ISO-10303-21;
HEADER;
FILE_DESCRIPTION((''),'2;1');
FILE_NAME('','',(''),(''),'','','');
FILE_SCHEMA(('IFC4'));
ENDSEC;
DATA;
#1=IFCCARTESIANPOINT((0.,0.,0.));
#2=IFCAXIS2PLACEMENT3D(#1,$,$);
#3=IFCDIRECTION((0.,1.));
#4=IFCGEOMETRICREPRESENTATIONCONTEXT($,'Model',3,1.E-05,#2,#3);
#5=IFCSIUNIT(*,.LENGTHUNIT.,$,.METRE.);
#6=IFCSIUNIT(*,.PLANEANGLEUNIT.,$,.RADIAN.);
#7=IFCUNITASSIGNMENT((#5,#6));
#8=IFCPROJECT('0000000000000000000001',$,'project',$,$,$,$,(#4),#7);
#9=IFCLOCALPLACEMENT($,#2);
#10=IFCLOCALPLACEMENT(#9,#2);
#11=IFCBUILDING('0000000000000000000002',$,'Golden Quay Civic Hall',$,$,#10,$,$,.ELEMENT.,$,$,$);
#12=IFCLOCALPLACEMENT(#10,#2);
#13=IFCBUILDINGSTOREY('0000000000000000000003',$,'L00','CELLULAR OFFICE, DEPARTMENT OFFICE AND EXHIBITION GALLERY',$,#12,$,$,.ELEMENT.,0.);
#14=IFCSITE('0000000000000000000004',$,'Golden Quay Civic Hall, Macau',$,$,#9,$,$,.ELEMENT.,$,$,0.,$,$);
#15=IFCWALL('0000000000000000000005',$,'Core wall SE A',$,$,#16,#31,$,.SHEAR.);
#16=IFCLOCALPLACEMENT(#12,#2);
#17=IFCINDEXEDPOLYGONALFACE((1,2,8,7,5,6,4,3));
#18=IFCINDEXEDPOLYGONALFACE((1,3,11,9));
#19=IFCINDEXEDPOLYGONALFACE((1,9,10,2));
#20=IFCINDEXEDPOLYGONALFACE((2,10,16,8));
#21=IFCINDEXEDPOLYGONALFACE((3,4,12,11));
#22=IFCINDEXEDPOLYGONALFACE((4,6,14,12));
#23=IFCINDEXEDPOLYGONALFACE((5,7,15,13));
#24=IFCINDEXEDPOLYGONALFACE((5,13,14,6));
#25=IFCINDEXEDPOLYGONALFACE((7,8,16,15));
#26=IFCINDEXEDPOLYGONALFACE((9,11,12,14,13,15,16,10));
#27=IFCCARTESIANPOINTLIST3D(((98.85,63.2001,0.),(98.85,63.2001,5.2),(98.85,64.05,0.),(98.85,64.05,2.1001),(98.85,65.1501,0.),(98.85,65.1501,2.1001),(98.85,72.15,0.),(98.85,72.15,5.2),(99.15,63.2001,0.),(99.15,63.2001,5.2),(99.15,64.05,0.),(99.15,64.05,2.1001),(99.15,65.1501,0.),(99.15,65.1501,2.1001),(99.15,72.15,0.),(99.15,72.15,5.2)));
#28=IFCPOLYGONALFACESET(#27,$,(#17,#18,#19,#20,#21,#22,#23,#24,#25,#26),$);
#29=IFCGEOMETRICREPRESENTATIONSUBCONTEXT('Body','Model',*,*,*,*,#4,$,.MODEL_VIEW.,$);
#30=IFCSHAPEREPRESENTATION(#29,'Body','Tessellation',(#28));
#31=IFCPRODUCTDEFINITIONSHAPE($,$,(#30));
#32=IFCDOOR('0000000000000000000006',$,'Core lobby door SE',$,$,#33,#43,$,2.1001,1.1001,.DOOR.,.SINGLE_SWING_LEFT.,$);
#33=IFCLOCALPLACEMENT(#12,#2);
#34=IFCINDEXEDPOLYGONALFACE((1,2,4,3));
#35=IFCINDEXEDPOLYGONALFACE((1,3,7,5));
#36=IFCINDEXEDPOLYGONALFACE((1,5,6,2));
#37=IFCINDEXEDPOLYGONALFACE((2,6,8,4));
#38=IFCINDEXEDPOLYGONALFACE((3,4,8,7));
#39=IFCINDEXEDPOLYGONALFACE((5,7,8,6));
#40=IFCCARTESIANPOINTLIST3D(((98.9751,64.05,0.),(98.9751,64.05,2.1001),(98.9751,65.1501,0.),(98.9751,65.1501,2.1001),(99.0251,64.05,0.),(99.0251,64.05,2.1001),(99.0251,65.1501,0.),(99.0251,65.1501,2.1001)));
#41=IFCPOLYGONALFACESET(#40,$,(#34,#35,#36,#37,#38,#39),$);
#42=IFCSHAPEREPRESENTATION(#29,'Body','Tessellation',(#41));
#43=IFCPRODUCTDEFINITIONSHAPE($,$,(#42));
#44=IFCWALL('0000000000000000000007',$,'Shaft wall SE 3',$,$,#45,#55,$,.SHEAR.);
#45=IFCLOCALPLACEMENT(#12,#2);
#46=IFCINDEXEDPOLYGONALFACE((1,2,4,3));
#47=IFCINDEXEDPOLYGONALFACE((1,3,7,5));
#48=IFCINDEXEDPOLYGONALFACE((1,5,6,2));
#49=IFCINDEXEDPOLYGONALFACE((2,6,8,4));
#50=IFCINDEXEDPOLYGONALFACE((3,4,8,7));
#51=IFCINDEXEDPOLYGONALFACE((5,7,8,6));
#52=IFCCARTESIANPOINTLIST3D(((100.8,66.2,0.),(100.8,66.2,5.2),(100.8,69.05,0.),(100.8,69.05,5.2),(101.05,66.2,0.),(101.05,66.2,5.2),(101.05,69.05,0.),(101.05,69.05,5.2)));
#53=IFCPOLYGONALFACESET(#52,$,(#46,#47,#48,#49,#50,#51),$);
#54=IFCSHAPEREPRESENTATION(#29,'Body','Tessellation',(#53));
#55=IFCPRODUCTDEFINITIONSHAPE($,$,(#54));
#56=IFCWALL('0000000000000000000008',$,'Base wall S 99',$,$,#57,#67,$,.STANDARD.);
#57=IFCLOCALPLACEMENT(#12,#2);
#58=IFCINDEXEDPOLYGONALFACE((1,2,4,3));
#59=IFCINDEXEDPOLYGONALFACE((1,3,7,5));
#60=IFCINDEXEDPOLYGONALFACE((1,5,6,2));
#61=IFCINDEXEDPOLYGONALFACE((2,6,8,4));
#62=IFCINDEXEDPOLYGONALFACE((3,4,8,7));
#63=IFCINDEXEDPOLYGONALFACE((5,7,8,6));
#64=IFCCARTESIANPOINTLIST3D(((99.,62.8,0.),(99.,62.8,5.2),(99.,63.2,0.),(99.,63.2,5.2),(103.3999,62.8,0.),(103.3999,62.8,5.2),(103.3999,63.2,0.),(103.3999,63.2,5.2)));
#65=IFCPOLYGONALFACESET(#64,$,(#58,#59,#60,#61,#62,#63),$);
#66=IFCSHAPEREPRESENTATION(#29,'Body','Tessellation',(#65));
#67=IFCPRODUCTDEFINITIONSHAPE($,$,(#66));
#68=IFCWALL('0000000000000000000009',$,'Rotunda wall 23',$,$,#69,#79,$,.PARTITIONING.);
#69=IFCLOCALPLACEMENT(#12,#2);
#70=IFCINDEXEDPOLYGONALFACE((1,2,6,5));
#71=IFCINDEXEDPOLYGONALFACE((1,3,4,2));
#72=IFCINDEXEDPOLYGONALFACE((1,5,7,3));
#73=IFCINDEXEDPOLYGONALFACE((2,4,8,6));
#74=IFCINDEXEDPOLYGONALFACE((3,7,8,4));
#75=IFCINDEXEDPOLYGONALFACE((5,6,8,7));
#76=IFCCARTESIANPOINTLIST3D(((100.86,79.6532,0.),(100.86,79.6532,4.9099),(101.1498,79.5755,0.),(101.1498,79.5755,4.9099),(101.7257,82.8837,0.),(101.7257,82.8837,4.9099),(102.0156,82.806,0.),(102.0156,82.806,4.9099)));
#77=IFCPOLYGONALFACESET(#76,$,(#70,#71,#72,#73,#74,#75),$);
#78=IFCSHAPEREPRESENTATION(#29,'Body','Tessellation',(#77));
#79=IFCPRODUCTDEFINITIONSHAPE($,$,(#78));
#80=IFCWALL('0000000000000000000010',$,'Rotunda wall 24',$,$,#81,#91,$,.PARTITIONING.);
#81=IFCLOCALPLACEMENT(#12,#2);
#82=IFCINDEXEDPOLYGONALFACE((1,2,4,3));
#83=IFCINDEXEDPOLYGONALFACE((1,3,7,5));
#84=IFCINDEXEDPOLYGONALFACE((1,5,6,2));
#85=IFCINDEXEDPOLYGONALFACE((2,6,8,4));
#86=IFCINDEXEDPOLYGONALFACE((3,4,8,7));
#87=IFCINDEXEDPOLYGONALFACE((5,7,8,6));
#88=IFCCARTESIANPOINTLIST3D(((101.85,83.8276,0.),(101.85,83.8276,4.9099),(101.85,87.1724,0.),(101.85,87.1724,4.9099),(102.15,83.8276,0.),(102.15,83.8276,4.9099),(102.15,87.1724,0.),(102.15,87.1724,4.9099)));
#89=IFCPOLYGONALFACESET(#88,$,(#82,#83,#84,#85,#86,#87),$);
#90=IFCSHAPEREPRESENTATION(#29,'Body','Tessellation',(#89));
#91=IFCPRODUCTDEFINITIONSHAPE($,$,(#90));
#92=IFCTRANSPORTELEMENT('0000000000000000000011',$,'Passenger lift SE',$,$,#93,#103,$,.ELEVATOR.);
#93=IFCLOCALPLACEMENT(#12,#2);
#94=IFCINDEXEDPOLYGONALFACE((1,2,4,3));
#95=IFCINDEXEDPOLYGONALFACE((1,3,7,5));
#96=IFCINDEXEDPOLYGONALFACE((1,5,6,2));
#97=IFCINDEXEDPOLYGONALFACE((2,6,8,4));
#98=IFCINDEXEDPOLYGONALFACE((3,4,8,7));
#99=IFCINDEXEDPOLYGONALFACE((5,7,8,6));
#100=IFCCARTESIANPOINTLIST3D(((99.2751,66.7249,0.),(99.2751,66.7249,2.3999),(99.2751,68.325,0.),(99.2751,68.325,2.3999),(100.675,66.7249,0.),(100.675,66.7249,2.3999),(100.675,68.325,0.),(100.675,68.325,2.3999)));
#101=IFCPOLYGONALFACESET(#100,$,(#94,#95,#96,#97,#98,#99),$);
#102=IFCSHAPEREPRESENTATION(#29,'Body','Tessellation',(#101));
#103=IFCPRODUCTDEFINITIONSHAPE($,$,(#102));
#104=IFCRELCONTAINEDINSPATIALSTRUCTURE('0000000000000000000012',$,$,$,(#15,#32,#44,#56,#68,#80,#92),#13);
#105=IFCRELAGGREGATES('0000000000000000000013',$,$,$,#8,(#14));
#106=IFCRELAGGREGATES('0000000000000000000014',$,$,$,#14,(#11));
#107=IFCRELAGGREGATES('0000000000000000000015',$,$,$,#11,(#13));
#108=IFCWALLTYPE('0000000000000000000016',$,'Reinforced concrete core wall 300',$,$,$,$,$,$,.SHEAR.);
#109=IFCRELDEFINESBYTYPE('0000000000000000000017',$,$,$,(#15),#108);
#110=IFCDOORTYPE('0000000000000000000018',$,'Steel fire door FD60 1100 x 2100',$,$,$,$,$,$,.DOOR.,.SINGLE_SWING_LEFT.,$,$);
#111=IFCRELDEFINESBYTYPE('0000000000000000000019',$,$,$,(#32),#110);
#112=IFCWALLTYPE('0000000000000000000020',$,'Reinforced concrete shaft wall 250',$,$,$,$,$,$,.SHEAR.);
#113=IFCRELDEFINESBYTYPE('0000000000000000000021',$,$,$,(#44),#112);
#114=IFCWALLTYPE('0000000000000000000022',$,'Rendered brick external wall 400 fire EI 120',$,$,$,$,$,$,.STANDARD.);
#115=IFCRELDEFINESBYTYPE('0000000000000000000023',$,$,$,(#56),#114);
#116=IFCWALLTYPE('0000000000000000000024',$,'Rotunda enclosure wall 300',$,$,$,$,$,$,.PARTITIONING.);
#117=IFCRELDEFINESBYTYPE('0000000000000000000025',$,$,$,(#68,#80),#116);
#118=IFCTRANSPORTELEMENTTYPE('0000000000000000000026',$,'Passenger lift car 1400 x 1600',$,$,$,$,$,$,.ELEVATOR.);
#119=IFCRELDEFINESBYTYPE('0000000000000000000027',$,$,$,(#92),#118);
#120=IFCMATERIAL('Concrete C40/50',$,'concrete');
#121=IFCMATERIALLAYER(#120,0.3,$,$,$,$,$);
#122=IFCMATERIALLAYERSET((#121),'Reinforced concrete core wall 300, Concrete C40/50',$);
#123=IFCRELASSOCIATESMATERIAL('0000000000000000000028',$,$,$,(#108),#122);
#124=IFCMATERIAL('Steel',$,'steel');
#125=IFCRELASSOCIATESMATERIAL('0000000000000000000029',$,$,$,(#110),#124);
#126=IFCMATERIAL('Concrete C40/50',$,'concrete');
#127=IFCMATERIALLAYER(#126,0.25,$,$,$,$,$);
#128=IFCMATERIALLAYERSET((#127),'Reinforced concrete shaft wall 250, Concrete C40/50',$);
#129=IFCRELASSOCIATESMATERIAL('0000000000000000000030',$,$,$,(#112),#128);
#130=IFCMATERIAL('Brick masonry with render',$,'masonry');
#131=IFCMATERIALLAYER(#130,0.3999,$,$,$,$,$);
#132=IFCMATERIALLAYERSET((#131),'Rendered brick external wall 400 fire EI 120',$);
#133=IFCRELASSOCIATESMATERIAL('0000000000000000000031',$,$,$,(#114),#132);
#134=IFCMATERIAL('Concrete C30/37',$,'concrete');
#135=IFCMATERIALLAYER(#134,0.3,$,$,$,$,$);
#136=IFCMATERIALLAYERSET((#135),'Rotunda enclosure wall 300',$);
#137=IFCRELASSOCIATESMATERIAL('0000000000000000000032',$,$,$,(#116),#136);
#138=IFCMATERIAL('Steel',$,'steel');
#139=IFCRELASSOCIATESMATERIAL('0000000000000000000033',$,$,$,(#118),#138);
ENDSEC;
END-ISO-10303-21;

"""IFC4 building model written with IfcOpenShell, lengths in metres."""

from ifc_helpers import new_model, si_unit, direction, frame, frame_2d, origin, origin_2d, place, context, subcontext, project, spatial, rectangle, extrude, material, layer, layer_set, type_object, element, fill, save


model = new_model("IFC4")

# Units and contexts
model_context = context("Model", 3, precision=1e-05, world=origin(), true_north=direction((0.0, 1.0)))
body_context = subcontext(model_context, "Body", "Model", "MODEL_VIEW")
ifc_project = project(units=[si_unit("LENGTHUNIT", "METRE"), si_unit("PLANEANGLEUNIT", "RADIAN")], contexts=[model_context])

# Site, building, storey
site_placement = place(None, origin())
site = spatial("IfcSite", under=ifc_project, at=site_placement, Name="Golden Quay Civic Hall, Macau", CompositionType="ELEMENT", RefElevation=0.0)
building_placement = place(site_placement, origin())
building = spatial("IfcBuilding", under=site, at=building_placement, Name="Golden Quay Civic Hall", CompositionType="ELEMENT")
storey_placement = place(building_placement, origin())
storey = spatial("IfcBuildingStorey", under=building, at=storey_placement, Name="L00", Description="CELLULAR OFFICE, DEPARTMENT OFFICE AND EXHIBITION GALLERY", CompositionType="ELEMENT", Elevation=0.0)

# Wall, opening, door
ifc_material_1 = material(Name="Concrete C40/50", Category="concrete")
ifc_layer_1 = layer(ifc_material_1, 0.3)
ifc_layer_set_1 = layer_set([ifc_layer_1], Name="Reinforced concrete core wall 300, Concrete C40/50")
wall_type_1 = type_object("IfcWallType", Name="Reinforced concrete core wall 300", PredefinedType="SHEAR", material=ifc_layer_set_1)
wall_1_placement = place(storey_placement, frame((99.0, 63.2, 0.0), z_axis=(0.0, 0.0, 1.0), x_axis=(0.0, 1.0, 0.0)))
wall_1 = element("IfcWall", 1, at=wall_1_placement, inside=storey, type_object=wall_type_1, Name="Core wall SE A", PredefinedType="SHEAR", context=body_context, shape_type="SweptSolid", body=[
    extrude(rectangle(XDim=8.95, YDim=0.3, at=frame_2d((4.4751, 0.0))), origin(), (0.0, 0.0, 1.0), 5.2),
])
opening_1_placement = place(wall_1_placement, frame((0.8501, 0.0, 0.0)))
opening_1 = element("IfcOpeningElement", 2, at=opening_1_placement, cuts=wall_1, PredefinedType="OPENING", context=body_context, shape_type="SweptSolid", body=[
    extrude(rectangle(XDim=1.1001, YDim=2.1001, at=frame_2d((0.55, 1.05))), frame((0.0, 0.1599, 0.0), z_axis=(0.0, -1.0, 0.0), x_axis=(1.0, 0.0, 0.0)), (0.0, 0.0, 1.0), 0.3201),
])
ifc_material_2 = material(Name="Steel", Category="steel")
door_type_1 = type_object("IfcDoorType", Name="Steel fire door FD60 1100 x 2100", OperationType="SINGLE_SWING_LEFT", PredefinedType="DOOR", material=ifc_material_2)
door_1_placement = place(opening_1_placement, origin())
door_1 = element("IfcDoor", 3, at=door_1_placement, inside=storey, type_object=door_type_1, Name="Core lobby door SE", OperationType="SINGLE_SWING_LEFT", OverallHeight=2.1001, OverallWidth=1.1001, PredefinedType="DOOR", context=body_context, shape_type="SweptSolid", body=[
    extrude(rectangle(XDim=1.1001, YDim=2.1001, at=frame_2d((0.55, 1.05))), frame((0.0, 0.0249, 0.0), z_axis=(0.0, -1.0, 0.0), x_axis=(1.0, 0.0, 0.0)), (0.0, 0.0, 1.0), 0.05),
])
fill(opening_1, door_1)

# Walls
ifc_material_3 = material(Name="Concrete C40/50", Category="concrete")
ifc_layer_2 = layer(ifc_material_3, 0.25)
ifc_layer_set_2 = layer_set([ifc_layer_2], Name="Reinforced concrete shaft wall 250, Concrete C40/50")
wall_type_2 = type_object("IfcWallType", Name="Reinforced concrete shaft wall 250", PredefinedType="SHEAR", material=ifc_layer_set_2)
wall_2_placement = place(storey_placement, frame((100.925, 66.2, 0.0), z_axis=(0.0, 0.0, 1.0), x_axis=(0.0, 1.0, 0.0)))
element("IfcWall", 4, at=wall_2_placement, inside=storey, type_object=wall_type_2, Name="Shaft wall SE 3", PredefinedType="SHEAR", context=body_context, shape_type="SweptSolid", body=[
    extrude(rectangle(XDim=2.8501, YDim=0.25, at=frame_2d((1.425, 0.0))), origin(), (0.0, 0.0, 1.0), 5.2),
])
ifc_material_4 = material(Name="Brick masonry with render", Category="masonry")
ifc_layer_3 = layer(ifc_material_4, 0.3999)
ifc_layer_set_3 = layer_set([ifc_layer_3], Name="Rendered brick external wall 400 fire EI 120")
wall_type_3 = type_object("IfcWallType", Name="Rendered brick external wall 400 fire EI 120", PredefinedType="STANDARD", material=ifc_layer_set_3)
wall_3_placement = place(storey_placement, frame((99.0, 63.0, 0.0), z_axis=(0.0, 0.0, 1.0), x_axis=(1.0, 0.0, 0.0)))
element("IfcWall", 5, at=wall_3_placement, inside=storey, type_object=wall_type_3, Name="Base wall S 99", PredefinedType="STANDARD", context=body_context, shape_type="SweptSolid", body=[
    extrude(rectangle(XDim=4.3999, YDim=0.3999, at=frame_2d((2.2, 0.0))), origin(), (0.0, 0.0, 1.0), 5.2),
])
ifc_material_5 = material(Name="Concrete C30/37", Category="concrete")
ifc_layer_4 = layer(ifc_material_5, 0.3)
ifc_layer_set_4 = layer_set([ifc_layer_4], Name="Rotunda enclosure wall 300")
wall_type_4 = type_object("IfcWallType", Name="Rotunda enclosure wall 300", PredefinedType="PARTITIONING", material=ifc_layer_set_4)
wall_4_placement = place(storey_placement, frame((101.0049, 79.6143, 0.0), z_axis=(0.0, 0.0, 1.0), x_axis=(0.258853, 0.965917, 0.0)))
element("IfcWall", 6, at=wall_4_placement, inside=storey, type_object=wall_type_4, Name="Rotunda wall 23", PredefinedType="PARTITIONING", context=body_context, shape_type="SweptSolid", body=[
    extrude(rectangle(XDim=3.3445, YDim=0.3, at=frame_2d((1.6724, 0.0))), origin(), (0.0, 0.0, 1.0), 4.9099),
])
wall_5_placement = place(storey_placement, frame((102.0, 83.8276, 0.0), z_axis=(0.0, 0.0, 1.0), x_axis=(0.0, 1.0, 0.0)))
element("IfcWall", 7, at=wall_5_placement, inside=storey, type_object=wall_type_4, Name="Rotunda wall 24", PredefinedType="PARTITIONING", context=body_context, shape_type="SweptSolid", body=[
    extrude(rectangle(XDim=3.3447, YDim=0.3, at=frame_2d((1.6724, 0.0))), origin(), (0.0, 0.0, 1.0), 4.9099),
])

# Transport element
ifc_material_6 = material(Name="Steel", Category="steel")
transport_element_type = type_object("IfcTransportElementType", Name="Passenger lift car 1400 x 1600", PredefinedType="ELEVATOR", material=ifc_material_6)
transport_element_placement = place(storey_placement, frame((99.9751, 67.5249, 0.0), z_axis=(0.0, 0.0, 1.0), x_axis=(1.0, 0.0, 0.0)))
element("IfcTransportElement", 8, at=transport_element_placement, inside=storey, type_object=transport_element_type, Name="Passenger lift SE", PredefinedType="ELEVATOR", context=body_context, shape_type="SweptSolid", body=[
    extrude(rectangle(XDim=1.3999, YDim=1.6001, at=origin_2d()), origin(), (0.0, 0.0, 1.0), 2.3999),
])

save(model, "model.ifc")
